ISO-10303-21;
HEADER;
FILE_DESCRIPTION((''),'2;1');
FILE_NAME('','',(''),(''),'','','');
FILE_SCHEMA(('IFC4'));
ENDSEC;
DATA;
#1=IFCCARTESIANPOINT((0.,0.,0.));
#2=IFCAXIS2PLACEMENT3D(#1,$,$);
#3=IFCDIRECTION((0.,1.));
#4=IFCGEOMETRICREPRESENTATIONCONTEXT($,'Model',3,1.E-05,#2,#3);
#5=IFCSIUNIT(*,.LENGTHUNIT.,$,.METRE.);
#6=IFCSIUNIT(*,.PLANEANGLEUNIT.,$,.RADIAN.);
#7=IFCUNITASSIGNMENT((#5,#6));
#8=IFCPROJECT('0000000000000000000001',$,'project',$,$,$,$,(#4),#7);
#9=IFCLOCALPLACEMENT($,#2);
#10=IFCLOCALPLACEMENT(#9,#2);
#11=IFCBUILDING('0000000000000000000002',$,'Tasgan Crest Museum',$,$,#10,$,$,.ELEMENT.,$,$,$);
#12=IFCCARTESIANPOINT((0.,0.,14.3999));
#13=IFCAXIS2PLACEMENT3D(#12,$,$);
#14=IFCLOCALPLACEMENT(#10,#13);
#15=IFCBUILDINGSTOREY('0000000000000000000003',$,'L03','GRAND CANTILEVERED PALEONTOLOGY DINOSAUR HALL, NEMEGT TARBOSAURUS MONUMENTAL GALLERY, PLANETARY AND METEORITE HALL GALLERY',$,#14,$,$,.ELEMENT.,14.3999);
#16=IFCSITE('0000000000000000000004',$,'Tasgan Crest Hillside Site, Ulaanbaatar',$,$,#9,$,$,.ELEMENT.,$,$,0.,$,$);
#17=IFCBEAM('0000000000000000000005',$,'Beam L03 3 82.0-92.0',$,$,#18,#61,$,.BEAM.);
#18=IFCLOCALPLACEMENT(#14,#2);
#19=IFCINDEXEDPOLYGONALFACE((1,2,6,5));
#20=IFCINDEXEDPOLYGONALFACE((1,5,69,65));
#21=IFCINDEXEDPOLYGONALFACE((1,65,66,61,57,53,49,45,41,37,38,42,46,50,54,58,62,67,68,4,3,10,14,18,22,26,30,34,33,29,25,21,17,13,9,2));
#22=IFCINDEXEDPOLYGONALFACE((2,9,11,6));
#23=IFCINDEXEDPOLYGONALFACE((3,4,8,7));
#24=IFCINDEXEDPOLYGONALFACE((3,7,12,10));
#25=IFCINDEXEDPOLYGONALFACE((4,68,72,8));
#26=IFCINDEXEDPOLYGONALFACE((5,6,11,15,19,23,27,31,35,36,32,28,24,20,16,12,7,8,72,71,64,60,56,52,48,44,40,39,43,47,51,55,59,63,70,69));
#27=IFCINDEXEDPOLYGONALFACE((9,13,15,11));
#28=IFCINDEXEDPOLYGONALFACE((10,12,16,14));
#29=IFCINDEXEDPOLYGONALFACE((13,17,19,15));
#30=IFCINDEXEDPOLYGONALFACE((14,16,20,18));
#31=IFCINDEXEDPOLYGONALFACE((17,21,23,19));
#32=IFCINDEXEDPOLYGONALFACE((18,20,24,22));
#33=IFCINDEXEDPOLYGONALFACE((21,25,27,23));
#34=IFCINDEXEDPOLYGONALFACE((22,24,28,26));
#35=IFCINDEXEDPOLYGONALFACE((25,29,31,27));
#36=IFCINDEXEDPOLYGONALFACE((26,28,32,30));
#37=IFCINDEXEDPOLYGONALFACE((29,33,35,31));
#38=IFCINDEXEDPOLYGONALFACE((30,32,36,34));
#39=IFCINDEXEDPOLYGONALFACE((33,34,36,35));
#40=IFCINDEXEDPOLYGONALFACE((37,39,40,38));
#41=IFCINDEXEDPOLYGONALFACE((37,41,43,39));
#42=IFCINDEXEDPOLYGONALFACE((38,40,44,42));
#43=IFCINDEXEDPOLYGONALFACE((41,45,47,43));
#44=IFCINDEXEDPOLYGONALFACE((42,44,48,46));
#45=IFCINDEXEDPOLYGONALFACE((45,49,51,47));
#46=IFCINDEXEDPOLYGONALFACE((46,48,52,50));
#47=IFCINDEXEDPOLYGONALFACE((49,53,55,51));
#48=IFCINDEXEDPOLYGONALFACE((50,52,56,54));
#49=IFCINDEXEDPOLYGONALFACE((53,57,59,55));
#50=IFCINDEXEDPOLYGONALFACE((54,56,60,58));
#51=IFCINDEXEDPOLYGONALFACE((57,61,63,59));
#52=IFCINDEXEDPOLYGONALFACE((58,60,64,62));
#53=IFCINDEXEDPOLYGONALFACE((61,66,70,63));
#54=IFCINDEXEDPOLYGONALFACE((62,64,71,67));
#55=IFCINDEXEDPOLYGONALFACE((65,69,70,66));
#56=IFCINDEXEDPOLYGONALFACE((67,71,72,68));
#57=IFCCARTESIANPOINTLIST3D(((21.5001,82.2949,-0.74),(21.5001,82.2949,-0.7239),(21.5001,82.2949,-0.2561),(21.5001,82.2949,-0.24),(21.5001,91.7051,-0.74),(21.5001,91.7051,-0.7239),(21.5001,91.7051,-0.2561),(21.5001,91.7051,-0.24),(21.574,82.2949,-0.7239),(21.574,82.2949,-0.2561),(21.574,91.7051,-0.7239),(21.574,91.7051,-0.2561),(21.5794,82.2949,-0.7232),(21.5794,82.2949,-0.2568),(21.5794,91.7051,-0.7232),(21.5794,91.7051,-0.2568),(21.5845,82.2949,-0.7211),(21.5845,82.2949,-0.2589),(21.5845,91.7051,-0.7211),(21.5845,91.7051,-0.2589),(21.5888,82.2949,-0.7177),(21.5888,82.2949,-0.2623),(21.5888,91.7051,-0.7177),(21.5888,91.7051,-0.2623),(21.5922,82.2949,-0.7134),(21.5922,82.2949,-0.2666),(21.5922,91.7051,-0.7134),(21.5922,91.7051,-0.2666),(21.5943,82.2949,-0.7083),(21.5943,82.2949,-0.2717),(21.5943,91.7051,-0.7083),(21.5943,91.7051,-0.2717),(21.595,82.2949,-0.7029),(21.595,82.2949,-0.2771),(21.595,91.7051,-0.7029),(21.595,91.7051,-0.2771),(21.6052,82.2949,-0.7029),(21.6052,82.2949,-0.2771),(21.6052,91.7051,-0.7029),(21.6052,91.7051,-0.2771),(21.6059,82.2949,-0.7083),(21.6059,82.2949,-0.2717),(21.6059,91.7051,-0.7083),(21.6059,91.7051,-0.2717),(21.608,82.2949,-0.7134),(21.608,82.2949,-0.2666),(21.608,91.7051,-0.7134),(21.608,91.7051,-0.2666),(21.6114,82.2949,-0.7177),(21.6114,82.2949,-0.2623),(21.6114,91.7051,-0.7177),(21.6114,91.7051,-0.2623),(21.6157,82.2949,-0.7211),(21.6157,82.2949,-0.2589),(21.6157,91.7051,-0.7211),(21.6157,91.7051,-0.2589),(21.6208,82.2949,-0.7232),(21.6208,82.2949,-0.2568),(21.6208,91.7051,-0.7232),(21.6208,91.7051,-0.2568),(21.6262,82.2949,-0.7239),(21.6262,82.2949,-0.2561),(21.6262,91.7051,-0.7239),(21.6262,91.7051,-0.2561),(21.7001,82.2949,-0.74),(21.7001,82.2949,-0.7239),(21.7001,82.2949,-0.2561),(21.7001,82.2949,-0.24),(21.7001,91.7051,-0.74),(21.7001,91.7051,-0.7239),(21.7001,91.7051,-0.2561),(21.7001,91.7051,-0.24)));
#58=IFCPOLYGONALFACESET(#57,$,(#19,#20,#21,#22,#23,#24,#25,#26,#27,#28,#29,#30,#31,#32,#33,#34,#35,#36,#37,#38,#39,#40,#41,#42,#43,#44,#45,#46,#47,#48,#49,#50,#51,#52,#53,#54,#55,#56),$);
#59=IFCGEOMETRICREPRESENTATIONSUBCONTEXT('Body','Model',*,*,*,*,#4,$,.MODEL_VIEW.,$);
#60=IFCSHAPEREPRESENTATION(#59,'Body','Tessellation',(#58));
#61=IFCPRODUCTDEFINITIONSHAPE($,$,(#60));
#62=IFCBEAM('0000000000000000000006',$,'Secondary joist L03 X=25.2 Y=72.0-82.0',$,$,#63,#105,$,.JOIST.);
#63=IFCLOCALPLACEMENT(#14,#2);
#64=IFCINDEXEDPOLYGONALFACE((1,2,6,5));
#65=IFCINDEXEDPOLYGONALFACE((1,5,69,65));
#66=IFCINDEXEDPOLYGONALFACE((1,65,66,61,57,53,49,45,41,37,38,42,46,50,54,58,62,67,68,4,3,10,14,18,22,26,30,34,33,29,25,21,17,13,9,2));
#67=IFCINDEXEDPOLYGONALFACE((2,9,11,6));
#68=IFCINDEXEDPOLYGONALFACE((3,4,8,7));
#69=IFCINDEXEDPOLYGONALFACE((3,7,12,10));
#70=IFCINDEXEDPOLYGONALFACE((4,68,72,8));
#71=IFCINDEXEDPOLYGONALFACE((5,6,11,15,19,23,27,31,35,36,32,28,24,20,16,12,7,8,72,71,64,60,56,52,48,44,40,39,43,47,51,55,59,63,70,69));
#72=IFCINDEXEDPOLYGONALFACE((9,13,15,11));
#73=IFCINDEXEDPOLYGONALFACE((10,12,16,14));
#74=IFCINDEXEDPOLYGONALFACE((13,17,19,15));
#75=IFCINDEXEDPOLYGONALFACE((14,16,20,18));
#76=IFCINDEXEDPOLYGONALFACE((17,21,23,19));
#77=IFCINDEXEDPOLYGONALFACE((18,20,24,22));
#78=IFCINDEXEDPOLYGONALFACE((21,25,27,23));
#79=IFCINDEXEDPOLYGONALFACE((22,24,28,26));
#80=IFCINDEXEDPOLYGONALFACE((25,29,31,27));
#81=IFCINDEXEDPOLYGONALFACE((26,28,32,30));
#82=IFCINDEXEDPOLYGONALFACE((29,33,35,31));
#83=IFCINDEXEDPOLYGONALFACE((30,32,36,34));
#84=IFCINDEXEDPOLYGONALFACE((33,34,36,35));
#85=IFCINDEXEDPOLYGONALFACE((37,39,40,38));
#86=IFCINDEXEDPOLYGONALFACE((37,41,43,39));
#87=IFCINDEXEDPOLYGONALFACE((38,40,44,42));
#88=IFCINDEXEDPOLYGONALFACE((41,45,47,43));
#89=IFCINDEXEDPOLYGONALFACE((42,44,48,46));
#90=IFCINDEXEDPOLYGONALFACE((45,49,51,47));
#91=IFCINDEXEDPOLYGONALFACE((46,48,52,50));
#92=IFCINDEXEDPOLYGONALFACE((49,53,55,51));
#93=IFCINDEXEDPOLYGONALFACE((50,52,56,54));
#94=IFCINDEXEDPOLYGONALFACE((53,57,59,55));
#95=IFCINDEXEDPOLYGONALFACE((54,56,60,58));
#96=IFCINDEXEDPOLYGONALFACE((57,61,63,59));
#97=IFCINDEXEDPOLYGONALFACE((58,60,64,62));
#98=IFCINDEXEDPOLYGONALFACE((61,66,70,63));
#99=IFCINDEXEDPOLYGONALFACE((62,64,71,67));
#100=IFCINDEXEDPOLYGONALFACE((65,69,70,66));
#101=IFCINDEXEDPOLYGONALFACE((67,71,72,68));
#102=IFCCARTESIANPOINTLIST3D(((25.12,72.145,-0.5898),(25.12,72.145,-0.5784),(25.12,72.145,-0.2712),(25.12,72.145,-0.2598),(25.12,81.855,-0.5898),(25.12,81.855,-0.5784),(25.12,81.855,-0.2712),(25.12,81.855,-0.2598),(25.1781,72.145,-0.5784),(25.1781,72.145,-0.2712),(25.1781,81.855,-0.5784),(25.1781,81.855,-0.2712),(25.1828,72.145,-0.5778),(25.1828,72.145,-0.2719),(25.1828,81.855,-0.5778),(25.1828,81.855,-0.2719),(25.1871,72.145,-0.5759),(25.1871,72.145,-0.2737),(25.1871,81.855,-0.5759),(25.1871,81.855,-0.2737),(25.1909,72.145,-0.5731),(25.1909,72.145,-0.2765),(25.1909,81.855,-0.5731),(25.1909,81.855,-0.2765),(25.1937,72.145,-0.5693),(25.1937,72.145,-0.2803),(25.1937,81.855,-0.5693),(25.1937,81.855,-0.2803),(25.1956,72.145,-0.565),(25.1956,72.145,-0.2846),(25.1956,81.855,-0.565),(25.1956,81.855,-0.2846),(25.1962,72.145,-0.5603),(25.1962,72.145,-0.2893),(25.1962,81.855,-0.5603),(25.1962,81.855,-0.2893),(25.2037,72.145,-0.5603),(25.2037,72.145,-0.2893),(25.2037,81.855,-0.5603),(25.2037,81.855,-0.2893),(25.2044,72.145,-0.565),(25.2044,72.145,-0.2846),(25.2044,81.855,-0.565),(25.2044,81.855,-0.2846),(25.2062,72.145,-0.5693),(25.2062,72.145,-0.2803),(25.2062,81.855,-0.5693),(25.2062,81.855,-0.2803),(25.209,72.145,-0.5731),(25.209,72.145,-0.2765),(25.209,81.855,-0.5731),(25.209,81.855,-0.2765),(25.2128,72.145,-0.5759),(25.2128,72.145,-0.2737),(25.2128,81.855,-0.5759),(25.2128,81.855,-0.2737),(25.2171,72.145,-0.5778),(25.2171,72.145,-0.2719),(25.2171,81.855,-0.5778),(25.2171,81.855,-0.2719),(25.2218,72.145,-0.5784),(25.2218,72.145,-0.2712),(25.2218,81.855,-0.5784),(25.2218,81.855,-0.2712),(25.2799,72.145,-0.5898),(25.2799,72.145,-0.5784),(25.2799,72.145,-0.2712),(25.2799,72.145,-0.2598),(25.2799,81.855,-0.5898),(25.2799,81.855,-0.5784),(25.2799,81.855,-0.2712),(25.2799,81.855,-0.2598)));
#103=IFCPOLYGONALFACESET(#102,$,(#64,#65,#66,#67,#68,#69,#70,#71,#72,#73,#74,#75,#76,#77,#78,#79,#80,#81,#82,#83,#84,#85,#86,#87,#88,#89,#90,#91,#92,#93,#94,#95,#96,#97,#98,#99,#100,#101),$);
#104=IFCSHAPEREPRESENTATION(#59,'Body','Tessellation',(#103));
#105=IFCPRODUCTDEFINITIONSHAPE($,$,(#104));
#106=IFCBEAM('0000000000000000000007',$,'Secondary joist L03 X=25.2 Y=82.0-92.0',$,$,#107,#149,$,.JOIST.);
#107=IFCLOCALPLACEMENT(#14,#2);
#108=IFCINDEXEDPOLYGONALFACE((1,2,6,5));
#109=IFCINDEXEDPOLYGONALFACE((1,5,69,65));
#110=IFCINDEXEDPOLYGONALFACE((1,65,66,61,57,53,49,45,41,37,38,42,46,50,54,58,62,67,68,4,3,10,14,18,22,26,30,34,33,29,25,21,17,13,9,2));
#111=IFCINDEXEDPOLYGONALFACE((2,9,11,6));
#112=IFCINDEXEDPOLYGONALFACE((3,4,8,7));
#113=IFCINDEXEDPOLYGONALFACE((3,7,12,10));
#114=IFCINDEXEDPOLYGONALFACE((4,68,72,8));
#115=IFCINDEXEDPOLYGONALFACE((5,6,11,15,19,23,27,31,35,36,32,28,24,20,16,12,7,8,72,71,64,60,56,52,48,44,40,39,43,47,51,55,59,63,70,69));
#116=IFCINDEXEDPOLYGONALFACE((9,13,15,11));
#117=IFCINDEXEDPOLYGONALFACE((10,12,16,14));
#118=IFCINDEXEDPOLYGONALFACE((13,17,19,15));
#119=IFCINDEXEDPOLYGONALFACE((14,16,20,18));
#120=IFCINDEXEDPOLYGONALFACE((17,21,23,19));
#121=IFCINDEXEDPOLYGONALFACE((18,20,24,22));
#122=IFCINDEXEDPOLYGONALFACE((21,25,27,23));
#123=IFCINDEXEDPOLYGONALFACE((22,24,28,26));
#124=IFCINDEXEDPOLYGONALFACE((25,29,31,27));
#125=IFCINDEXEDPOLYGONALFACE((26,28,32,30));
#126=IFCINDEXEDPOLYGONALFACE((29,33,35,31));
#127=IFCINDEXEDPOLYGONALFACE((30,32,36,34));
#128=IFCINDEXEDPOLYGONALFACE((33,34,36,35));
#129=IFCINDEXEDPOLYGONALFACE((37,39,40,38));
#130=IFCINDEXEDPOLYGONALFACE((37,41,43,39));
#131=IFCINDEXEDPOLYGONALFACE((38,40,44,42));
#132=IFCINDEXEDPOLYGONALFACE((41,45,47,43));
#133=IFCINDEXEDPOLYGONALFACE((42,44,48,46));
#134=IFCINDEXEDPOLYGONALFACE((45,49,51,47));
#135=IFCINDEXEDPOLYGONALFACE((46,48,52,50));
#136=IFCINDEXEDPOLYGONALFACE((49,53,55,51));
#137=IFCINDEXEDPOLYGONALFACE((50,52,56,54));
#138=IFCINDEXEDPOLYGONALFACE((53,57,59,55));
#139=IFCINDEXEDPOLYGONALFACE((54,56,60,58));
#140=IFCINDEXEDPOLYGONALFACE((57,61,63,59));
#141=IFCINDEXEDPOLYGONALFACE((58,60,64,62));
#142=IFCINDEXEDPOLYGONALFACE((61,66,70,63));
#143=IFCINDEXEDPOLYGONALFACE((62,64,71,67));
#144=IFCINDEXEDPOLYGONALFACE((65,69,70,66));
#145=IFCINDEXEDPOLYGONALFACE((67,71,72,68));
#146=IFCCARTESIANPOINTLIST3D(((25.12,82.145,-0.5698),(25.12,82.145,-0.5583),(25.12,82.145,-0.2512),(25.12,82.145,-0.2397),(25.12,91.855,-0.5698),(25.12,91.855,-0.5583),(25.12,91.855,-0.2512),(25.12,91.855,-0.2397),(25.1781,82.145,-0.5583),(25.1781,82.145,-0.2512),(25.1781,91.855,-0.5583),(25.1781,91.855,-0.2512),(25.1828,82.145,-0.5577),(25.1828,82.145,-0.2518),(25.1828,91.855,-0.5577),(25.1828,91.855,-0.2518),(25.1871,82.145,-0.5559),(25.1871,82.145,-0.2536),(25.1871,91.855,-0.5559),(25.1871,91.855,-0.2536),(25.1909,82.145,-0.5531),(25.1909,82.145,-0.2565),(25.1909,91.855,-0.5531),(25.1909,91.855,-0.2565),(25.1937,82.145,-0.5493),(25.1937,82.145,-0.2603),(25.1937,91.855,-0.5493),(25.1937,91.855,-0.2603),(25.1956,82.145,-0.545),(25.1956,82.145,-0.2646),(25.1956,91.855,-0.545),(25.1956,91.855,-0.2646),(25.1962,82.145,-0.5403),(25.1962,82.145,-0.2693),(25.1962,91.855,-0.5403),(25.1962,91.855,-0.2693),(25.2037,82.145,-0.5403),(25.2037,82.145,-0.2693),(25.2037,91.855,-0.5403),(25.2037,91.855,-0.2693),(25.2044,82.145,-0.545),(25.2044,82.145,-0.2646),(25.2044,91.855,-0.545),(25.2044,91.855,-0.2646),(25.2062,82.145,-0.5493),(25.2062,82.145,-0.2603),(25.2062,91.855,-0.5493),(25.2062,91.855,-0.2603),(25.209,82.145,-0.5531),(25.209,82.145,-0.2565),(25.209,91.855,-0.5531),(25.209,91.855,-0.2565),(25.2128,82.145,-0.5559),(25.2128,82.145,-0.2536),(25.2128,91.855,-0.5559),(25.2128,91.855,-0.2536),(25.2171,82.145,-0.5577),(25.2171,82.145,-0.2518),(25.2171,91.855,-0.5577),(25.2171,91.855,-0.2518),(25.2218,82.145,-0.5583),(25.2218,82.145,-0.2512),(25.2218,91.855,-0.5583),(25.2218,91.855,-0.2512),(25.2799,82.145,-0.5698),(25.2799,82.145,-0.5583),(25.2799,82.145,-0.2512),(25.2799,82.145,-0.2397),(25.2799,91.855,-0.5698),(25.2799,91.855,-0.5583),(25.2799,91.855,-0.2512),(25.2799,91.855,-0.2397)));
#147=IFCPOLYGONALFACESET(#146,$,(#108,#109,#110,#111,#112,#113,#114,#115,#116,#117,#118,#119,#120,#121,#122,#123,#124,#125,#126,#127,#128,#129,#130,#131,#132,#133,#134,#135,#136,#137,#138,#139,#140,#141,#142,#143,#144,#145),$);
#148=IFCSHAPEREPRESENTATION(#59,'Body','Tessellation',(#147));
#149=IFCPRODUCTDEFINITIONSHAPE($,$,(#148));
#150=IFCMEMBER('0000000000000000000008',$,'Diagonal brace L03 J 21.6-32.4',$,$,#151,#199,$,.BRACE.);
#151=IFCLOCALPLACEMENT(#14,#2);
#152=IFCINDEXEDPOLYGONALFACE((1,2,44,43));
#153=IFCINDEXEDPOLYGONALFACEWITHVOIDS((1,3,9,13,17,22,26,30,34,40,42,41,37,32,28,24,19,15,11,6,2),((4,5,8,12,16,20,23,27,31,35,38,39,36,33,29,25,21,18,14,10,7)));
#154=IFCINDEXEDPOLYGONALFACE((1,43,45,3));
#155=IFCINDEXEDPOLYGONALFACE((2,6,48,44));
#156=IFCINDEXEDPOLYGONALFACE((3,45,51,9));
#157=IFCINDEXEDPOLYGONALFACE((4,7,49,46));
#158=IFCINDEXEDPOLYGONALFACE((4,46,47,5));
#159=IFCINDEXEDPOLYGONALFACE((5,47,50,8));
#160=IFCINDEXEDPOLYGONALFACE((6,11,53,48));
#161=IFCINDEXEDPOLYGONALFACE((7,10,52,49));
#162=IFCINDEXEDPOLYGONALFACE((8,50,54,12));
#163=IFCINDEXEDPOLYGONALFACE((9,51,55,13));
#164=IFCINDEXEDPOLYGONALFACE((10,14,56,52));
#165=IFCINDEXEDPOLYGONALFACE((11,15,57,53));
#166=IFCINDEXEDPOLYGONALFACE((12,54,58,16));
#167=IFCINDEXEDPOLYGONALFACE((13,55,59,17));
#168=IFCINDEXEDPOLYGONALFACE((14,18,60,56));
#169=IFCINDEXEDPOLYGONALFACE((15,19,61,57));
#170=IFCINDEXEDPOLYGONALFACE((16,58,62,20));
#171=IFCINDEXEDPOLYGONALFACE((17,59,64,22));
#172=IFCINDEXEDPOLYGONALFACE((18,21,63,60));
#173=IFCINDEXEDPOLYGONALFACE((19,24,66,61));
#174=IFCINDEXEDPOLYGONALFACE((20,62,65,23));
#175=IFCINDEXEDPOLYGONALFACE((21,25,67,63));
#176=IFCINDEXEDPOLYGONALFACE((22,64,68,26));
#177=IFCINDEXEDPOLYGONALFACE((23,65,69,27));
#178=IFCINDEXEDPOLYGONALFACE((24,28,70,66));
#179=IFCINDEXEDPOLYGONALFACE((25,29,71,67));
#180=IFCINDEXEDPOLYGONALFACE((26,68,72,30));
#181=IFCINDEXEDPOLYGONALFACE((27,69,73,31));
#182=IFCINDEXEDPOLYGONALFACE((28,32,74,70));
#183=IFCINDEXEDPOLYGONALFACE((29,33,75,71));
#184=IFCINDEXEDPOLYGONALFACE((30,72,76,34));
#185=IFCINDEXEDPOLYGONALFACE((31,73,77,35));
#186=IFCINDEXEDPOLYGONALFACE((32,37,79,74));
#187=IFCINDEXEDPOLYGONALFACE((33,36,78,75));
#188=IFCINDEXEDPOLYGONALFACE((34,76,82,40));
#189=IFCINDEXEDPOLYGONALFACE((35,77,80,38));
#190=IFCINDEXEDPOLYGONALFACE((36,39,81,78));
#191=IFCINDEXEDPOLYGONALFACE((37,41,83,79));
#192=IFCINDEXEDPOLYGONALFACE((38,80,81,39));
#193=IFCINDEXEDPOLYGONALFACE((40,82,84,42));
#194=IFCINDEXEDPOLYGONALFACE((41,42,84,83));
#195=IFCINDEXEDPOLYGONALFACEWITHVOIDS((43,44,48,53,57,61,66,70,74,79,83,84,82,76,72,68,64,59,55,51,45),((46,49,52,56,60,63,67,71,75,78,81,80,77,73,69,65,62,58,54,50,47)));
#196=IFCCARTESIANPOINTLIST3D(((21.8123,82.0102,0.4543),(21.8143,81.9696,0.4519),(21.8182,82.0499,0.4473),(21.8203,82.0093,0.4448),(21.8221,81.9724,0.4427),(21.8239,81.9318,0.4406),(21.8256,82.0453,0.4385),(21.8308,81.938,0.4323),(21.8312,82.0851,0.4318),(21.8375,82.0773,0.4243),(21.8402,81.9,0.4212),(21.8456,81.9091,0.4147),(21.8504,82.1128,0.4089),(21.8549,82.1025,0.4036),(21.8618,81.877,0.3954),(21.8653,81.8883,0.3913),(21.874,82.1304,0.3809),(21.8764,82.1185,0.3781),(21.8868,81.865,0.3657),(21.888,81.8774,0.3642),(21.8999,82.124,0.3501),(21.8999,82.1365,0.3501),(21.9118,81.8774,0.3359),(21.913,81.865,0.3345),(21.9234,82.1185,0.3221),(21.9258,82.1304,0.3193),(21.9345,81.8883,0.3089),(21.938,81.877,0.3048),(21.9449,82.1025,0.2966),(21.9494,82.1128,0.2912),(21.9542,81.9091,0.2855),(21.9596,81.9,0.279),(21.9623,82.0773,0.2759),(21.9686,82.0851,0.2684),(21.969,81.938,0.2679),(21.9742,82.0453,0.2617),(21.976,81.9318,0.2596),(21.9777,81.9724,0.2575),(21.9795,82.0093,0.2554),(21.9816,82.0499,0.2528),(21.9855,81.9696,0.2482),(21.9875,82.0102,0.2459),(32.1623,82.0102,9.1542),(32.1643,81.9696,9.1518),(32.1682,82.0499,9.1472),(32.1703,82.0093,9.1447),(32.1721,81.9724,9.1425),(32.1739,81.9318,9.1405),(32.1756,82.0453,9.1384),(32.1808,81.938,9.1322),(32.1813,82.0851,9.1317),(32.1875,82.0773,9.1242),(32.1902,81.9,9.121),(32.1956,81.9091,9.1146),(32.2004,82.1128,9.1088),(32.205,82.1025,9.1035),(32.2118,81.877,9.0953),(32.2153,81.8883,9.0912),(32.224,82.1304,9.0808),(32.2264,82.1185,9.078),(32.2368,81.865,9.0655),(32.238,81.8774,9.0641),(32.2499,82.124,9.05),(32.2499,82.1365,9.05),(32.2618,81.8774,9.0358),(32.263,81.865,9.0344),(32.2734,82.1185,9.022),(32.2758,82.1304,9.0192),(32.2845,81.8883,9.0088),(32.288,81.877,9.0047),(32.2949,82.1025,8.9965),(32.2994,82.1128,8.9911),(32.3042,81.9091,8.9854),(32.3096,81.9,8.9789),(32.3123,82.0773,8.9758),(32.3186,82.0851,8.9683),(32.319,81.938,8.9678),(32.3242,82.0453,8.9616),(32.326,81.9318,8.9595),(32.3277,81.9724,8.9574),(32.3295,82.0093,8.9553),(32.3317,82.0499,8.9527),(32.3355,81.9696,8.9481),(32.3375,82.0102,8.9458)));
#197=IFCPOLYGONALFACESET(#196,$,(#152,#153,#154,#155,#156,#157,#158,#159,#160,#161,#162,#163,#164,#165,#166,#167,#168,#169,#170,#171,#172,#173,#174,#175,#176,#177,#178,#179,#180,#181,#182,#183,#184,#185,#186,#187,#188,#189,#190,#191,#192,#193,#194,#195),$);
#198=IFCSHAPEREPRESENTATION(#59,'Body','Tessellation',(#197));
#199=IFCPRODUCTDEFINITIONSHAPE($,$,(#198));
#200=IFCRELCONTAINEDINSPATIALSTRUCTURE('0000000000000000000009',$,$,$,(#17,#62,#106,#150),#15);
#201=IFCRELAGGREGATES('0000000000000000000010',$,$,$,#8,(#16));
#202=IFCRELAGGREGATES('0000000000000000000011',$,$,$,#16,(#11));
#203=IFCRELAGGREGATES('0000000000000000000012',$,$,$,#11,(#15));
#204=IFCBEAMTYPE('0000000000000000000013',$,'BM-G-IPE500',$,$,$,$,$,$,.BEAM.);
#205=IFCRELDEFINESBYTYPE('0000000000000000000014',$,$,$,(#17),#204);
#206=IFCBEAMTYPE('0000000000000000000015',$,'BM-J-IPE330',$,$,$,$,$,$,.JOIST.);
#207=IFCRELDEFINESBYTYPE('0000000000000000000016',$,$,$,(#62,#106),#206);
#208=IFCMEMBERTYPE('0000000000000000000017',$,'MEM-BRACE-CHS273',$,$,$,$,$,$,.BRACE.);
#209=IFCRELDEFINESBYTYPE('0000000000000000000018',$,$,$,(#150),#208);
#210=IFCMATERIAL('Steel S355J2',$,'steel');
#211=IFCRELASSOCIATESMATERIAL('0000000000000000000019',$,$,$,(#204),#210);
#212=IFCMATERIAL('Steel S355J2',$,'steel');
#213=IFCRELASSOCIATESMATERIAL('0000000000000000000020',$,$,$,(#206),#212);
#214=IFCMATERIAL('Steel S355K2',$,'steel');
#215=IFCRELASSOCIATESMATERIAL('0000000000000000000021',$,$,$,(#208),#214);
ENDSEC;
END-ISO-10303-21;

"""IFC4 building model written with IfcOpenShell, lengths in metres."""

from ifc_helpers import new_model, si_unit, direction, frame, origin, origin_2d, place, context, subcontext, project, spatial, hollow_circle, i_section, extrude, material, material_profile, profile_set, type_object, element, save


model = new_model("IFC4")

# Units and contexts
model_context = context("Model", 3, precision=1e-05, world=origin(), true_north=direction((0.0, 1.0)))
body_context = subcontext(model_context, "Body", "Model", "MODEL_VIEW")
ifc_project = project(units=[si_unit("LENGTHUNIT", "METRE"), si_unit("PLANEANGLEUNIT", "RADIAN")], contexts=[model_context])

# Site, building, storey
site_placement = place(None, origin())
site = spatial("IfcSite", under=ifc_project, at=site_placement, Name="Tasgan Crest Hillside Site, Ulaanbaatar", CompositionType="ELEMENT", RefElevation=0.0)
building_placement = place(site_placement, origin())
building = spatial("IfcBuilding", under=site, at=building_placement, Name="Tasgan Crest Museum", CompositionType="ELEMENT")
storey_placement = place(building_placement, frame((0.0, 0.0, 14.3999)))
storey = spatial("IfcBuildingStorey", under=building, at=storey_placement, Name="L03", Description="GRAND CANTILEVERED PALEONTOLOGY DINOSAUR HALL, NEMEGT TARBOSAURUS MONUMENTAL GALLERY, PLANETARY AND METEORITE HALL GALLERY", CompositionType="ELEMENT", Elevation=14.3999)

# Beams
ifc_material_1 = material(Name="Steel S355J2", Category="steel")
ifc_material_profile_1 = material_profile(ifc_material_1, i_section(OverallWidth=0.2, OverallDepth=0.5, WebThickness=0.0103, FlangeThickness=0.0161, FilletRadius=0.021, at=origin_2d()), Name="IPE 500")
ifc_profile_set_1 = profile_set([ifc_material_profile_1], Name="Steel S355J2")
beam_type_1 = type_object("IfcBeamType", Name="BM-G-IPE500", PredefinedType="BEAM", material=ifc_profile_set_1)
beam_1_placement = place(storey_placement, frame((21.6001, 82.2949, -0.49), z_axis=(0.0, 1.0, 0.0), x_axis=(-1.0, 0.0, 0.0)))
element("IfcBeam", 1, at=beam_1_placement, inside=storey, type_object=beam_type_1, Name="Beam L03 3 82.0-92.0", PredefinedType="BEAM", context=body_context, shape_type="SweptSolid", body=[
    extrude(i_section(OverallWidth=0.2, OverallDepth=0.5, WebThickness=0.0103, FlangeThickness=0.0161, FilletRadius=0.021, at=origin_2d()), origin(), (0.0, 0.0, 1.0), 9.4102),
])
ifc_material_2 = material(Name="Steel S355J2", Category="steel")
ifc_material_profile_2 = material_profile(ifc_material_2, i_section(OverallWidth=0.1599, OverallDepth=0.3301, WebThickness=0.0076, FlangeThickness=0.0115, FilletRadius=0.0181, at=origin_2d()), Name="IPE 330")
ifc_profile_set_2 = profile_set([ifc_material_profile_2], Name="Steel S355J2")
beam_type_2 = type_object("IfcBeamType", Name="BM-J-IPE330", PredefinedType="JOIST", material=ifc_profile_set_2)
for number, where, z_axis, x_axis, name in (
    (2, (25.2, 72.145, -0.4248), (0.0, 1.0, 0.0), (-1.0, 0.0, 0.0), "Secondary joist L03 X=25.2 Y=72.0-82.0"),
    (3, (25.2, 82.145, -0.4048), (0.0, 1.0, 0.0), (-1.0, 0.0, 0.0), "Secondary joist L03 X=25.2 Y=82.0-92.0"),
):
    element("IfcBeam", number, at=place(storey_placement, frame(where, z_axis=z_axis, x_axis=x_axis)), inside=storey, type_object=beam_type_2, Name=name, PredefinedType="JOIST", context=body_context, shape_type="SweptSolid", body=[
        extrude(i_section(OverallWidth=0.1599, OverallDepth=0.3301, WebThickness=0.0076, FlangeThickness=0.0115, FilletRadius=0.0181, at=origin_2d()), origin(), (0.0, 0.0, 1.0), 9.71),
    ])

# Member
ifc_material_3 = material(Name="Steel S355K2", Category="steel")
ifc_material_profile_3 = material_profile(ifc_material_3, hollow_circle(Radius=0.1365, WallThickness=0.0125, at=origin_2d()), Name="CHS 273x12.5")
ifc_profile_set_3 = profile_set([ifc_material_profile_3], Name="Steel S355K2")
member_type_1 = type_object("IfcMemberType", Name="MEM-BRACE-CHS273", PredefinedType="BRACE", material=ifc_profile_set_3)
member_1_placement = place(storey_placement, frame((21.8999, 82.0, 0.3501), z_axis=(0.765491, 0.0, 0.643447), x_axis=(0.0, 1.0, 0.0)))
element("IfcMember", 4, at=member_1_placement, inside=storey, type_object=member_type_1, Name="Diagonal brace L03 J 21.6-32.4", PredefinedType="BRACE", context=body_context, shape_type="SweptSolid", body=[
    extrude(hollow_circle(Radius=0.1365, WallThickness=0.0125, at=origin_2d()), origin(), (0.0, 0.0, 1.0), 13.5208),
])

save(model, "model.ifc")
